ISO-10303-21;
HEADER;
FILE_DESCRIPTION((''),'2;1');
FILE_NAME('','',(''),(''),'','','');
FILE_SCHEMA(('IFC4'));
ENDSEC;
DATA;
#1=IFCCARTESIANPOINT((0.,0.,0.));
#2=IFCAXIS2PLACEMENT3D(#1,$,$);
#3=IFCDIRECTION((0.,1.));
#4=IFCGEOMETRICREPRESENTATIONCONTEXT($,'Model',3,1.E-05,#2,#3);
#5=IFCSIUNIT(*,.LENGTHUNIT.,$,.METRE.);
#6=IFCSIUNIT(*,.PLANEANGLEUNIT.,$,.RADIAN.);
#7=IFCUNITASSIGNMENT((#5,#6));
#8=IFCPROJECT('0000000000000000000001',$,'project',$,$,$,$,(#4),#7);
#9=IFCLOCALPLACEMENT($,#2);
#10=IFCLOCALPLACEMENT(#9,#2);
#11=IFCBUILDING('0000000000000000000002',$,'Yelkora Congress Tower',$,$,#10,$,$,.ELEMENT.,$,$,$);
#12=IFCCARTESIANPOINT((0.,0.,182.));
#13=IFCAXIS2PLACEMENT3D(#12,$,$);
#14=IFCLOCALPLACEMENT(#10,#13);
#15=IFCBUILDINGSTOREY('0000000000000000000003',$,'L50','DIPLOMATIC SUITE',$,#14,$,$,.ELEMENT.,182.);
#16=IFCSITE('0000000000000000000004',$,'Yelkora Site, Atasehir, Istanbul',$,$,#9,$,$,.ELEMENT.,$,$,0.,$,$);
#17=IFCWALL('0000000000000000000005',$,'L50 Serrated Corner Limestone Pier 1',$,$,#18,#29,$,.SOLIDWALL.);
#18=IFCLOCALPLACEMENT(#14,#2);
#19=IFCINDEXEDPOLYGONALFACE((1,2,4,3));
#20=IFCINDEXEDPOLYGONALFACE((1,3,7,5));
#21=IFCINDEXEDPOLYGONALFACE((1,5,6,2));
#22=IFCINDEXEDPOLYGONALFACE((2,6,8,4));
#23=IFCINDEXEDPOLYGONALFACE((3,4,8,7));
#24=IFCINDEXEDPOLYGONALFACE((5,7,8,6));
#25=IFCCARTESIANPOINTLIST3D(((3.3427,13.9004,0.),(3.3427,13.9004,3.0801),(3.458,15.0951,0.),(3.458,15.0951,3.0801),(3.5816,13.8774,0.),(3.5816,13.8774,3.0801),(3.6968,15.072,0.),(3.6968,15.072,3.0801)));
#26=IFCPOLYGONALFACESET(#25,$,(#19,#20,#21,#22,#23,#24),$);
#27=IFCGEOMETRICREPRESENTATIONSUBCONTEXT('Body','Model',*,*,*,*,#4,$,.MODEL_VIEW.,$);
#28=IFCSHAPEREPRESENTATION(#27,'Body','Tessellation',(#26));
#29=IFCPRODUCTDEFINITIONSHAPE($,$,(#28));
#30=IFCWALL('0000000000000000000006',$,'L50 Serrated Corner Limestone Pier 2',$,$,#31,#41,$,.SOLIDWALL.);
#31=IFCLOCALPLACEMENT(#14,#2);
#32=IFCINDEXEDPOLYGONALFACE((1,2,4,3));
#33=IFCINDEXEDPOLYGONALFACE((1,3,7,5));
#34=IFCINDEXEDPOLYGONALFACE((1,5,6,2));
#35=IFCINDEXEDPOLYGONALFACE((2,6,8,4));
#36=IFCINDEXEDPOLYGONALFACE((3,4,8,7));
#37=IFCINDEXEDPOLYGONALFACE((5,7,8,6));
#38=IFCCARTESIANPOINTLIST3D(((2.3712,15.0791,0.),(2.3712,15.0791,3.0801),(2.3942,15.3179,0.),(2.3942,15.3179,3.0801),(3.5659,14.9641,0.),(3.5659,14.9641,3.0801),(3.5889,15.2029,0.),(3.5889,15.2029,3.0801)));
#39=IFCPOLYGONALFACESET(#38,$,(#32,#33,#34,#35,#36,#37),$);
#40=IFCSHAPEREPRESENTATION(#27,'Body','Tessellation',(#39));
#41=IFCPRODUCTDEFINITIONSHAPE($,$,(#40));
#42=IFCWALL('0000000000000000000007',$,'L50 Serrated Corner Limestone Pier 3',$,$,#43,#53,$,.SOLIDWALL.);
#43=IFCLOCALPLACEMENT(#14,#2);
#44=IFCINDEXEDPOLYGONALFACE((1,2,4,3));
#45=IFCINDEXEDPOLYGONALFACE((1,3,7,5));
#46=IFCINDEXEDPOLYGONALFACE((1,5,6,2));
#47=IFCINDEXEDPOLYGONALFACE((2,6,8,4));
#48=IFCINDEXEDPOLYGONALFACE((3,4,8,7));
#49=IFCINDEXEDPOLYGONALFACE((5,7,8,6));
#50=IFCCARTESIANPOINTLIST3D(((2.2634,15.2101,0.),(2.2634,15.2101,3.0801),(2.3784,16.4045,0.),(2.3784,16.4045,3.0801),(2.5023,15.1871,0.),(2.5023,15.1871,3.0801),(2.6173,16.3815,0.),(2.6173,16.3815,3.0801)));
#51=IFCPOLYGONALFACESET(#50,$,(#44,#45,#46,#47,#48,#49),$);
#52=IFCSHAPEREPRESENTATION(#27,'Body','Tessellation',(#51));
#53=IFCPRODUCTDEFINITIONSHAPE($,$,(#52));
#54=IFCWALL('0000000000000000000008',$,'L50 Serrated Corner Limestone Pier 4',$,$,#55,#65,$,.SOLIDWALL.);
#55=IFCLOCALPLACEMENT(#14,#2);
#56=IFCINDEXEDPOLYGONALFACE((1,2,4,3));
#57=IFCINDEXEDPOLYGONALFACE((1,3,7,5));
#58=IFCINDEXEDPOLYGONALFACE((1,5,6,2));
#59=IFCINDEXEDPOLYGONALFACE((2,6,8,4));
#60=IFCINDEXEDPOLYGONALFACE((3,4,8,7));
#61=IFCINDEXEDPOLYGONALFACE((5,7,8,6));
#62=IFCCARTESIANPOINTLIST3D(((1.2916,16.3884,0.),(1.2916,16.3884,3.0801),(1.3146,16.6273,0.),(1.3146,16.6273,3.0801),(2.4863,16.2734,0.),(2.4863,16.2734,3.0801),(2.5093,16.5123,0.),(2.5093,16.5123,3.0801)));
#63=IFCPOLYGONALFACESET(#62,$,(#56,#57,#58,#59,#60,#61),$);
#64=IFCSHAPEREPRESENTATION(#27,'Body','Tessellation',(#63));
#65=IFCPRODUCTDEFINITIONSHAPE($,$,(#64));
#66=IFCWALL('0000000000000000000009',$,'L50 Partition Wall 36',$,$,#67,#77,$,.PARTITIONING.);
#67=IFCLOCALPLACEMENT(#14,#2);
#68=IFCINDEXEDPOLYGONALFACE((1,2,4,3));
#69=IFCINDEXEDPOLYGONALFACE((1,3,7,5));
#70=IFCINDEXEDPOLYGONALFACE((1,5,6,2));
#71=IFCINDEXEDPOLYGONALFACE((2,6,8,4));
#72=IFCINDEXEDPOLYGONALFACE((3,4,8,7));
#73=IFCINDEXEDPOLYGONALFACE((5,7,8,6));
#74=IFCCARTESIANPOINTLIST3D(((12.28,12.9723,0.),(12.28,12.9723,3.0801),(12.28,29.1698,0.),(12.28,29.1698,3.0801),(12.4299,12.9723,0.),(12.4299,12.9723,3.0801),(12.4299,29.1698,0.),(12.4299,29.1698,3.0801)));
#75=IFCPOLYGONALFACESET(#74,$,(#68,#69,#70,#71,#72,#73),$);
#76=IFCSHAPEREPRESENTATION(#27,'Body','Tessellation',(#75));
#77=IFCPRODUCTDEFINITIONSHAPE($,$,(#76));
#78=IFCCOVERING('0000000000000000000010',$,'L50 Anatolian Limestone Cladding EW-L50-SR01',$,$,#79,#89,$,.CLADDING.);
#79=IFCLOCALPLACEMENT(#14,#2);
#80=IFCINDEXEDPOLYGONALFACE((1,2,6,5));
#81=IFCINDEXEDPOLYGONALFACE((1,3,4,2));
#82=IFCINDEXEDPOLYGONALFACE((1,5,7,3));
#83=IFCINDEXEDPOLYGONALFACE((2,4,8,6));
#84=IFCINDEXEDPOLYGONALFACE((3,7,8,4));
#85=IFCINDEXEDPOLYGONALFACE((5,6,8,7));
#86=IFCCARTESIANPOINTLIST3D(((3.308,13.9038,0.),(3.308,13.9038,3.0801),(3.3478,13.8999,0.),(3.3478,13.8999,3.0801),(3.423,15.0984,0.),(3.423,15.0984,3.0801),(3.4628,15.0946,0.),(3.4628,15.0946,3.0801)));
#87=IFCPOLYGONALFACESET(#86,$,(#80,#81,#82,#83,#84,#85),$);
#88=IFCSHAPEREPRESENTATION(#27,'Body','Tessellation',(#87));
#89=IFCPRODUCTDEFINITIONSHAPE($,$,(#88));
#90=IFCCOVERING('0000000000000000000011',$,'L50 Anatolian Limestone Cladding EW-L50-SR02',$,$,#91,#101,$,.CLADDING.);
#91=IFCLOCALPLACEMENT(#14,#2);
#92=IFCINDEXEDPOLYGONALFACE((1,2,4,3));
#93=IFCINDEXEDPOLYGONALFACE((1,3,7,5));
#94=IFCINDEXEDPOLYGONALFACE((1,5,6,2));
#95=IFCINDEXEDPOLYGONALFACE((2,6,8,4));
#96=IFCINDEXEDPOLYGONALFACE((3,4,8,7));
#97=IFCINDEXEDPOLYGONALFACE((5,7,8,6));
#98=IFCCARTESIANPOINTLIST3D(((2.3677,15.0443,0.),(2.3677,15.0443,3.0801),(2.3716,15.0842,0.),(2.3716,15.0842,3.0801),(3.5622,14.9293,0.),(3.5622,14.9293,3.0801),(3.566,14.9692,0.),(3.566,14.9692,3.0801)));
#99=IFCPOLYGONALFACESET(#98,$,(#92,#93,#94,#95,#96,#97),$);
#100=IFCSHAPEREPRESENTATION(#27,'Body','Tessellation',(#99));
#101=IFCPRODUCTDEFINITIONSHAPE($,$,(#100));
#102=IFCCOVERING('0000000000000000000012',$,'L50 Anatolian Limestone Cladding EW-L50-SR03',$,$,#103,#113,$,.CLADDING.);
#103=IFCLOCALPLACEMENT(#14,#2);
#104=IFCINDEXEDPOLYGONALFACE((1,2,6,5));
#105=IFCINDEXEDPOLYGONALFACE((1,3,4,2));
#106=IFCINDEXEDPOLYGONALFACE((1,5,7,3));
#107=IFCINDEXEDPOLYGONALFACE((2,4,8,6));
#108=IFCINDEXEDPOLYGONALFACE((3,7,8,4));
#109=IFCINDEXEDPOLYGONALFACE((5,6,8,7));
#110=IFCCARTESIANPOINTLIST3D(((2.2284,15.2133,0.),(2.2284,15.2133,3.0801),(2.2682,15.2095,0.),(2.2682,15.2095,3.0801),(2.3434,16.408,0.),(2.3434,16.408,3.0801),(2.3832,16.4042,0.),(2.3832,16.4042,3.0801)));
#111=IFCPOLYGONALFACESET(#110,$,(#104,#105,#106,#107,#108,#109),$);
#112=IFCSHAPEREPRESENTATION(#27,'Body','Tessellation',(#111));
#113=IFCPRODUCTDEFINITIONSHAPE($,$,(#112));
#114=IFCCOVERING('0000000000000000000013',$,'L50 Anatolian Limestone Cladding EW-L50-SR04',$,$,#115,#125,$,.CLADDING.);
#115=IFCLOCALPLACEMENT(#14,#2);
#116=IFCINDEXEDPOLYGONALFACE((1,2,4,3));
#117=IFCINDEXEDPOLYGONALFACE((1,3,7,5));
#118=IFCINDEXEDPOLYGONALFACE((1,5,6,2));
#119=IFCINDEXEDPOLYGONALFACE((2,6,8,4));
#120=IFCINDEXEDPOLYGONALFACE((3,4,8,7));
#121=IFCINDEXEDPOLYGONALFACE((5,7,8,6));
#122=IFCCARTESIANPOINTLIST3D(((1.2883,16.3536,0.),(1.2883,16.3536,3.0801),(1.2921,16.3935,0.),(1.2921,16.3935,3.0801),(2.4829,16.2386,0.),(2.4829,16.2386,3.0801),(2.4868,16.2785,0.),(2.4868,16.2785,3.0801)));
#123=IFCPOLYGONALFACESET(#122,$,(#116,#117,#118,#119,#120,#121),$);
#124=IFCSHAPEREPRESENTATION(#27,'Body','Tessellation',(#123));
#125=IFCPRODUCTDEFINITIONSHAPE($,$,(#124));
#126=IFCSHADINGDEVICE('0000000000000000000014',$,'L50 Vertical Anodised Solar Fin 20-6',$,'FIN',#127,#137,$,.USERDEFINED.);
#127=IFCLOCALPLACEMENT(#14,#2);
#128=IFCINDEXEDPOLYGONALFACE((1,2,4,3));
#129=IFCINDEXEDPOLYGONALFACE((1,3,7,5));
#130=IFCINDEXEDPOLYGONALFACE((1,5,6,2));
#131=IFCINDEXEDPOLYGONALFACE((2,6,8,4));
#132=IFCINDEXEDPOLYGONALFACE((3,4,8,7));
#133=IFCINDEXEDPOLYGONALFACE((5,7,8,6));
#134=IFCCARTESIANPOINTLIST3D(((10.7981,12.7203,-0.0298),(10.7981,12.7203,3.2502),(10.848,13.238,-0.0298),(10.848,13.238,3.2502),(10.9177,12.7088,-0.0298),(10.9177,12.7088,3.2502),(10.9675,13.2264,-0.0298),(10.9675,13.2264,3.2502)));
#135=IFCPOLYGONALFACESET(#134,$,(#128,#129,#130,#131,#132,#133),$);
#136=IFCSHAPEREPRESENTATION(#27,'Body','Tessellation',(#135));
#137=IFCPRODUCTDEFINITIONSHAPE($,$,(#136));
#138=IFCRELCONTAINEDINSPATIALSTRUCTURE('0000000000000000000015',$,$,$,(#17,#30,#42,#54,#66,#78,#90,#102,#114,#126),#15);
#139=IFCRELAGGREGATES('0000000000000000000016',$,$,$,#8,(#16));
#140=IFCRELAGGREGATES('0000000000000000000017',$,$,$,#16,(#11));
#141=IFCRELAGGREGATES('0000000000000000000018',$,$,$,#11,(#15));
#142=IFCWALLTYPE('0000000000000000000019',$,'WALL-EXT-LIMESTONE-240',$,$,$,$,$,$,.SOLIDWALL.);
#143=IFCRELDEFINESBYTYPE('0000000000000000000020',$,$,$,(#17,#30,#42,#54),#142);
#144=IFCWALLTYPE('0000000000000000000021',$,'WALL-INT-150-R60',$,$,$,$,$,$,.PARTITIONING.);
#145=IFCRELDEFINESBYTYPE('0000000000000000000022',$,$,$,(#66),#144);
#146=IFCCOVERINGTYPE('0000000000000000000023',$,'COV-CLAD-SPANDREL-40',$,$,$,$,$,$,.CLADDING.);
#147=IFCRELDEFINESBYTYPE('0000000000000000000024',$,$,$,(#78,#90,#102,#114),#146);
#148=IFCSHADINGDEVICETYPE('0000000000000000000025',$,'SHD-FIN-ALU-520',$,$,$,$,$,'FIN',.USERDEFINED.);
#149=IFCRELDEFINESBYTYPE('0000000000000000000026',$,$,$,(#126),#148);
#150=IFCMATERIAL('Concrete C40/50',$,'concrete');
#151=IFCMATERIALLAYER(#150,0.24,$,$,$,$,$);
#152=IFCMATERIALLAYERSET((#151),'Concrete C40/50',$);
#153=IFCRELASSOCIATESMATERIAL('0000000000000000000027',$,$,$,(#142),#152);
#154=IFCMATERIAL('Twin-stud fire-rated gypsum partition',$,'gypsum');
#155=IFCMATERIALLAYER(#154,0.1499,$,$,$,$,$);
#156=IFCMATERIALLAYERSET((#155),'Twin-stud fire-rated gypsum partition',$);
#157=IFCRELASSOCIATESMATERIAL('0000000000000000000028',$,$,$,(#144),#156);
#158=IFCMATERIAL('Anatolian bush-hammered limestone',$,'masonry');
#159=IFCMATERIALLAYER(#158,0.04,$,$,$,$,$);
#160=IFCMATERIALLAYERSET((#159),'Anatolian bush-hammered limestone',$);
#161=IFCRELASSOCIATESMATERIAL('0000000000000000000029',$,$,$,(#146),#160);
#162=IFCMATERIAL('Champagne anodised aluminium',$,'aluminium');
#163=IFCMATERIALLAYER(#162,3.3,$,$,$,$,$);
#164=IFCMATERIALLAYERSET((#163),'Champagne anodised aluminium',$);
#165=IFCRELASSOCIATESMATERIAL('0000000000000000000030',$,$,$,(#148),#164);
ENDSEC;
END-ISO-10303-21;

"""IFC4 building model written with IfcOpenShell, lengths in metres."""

from ifc_helpers import new_model, si_unit, direction, frame, frame_2d, origin, origin_2d, place, context, subcontext, project, spatial, rectangle, extrude, material, layer, layer_set, type_object, element, save


model = new_model("IFC4")

# Units and contexts
model_context = context("Model", 3, precision=1e-05, world=origin(), true_north=direction((0.0, 1.0)))
body_context = subcontext(model_context, "Body", "Model", "MODEL_VIEW")
ifc_project = project(units=[si_unit("LENGTHUNIT", "METRE"), si_unit("PLANEANGLEUNIT", "RADIAN")], contexts=[model_context])

# Site, building, storey
site_placement = place(None, origin())
site = spatial("IfcSite", under=ifc_project, at=site_placement, Name="Yelkora Site, Atasehir, Istanbul", CompositionType="ELEMENT", RefElevation=0.0)
building_placement = place(site_placement, origin())
building = spatial("IfcBuilding", under=site, at=building_placement, Name="Yelkora Congress Tower", CompositionType="ELEMENT")
storey_placement = place(building_placement, frame((0.0, 0.0, 182.0)))
storey = spatial("IfcBuildingStorey", under=building, at=storey_placement, Name="L50", Description="DIPLOMATIC SUITE", CompositionType="ELEMENT", Elevation=182.0)

# Shared definitions
ifc_material_1 = material(Name="Concrete C40/50", Category="concrete")

# Walls
ifc_layer_1 = layer(ifc_material_1, 0.24)
ifc_layer_set_1 = layer_set([ifc_layer_1], Name="Concrete C40/50")
wall_type_1 = type_object("IfcWallType", Name="WALL-EXT-LIMESTONE-240", PredefinedType="SOLIDWALL", material=ifc_layer_set_1)
for number, where, z_axis, x_axis, name in (
    (1, (3.4622, 13.8889, 0.0), (0.0, 0.0, 1.0), (0.096019, 0.99538, 0.0), "L50 Serrated Corner Limestone Pier 1"),
    (2, (3.5774, 15.0835, 0.0), (0.0, 0.0, 1.0), (-0.995399, 0.095817, 0.0), "L50 Serrated Corner Limestone Pier 2"),
):
    element("IfcWall", number, at=place(storey_placement, frame(where, z_axis=z_axis, x_axis=x_axis)), inside=storey, type_object=wall_type_1, Name=name, PredefinedType="SOLIDWALL", context=body_context, shape_type="SweptSolid", body=[
        extrude(rectangle(XDim=1.2002, YDim=0.24, at=frame_2d((0.6001, 0.0))), origin(), (0.0, 0.0, 1.0), 3.0801),
    ])
wall_1_placement = place(storey_placement, frame((2.3828, 15.1985, 0.0), z_axis=(0.0, 0.0, 1.0), x_axis=(0.095836, 0.995397, 0.0)))
element("IfcWall", 3, at=wall_1_placement, inside=storey, type_object=wall_type_1, Name="L50 Serrated Corner Limestone Pier 3", PredefinedType="SOLIDWALL", context=body_context, shape_type="SweptSolid", body=[
    extrude(rectangle(XDim=1.2, YDim=0.24, at=frame_2d((0.6001, 0.0))), origin(), (0.0, 0.0, 1.0), 3.0801),
])
wall_2_placement = place(storey_placement, frame((2.4978, 16.3928, 0.0), z_axis=(0.0, 0.0, 1.0), x_axis=(-0.995399, 0.095817, 0.0)))
element("IfcWall", 4, at=wall_2_placement, inside=storey, type_object=wall_type_1, Name="L50 Serrated Corner Limestone Pier 4", PredefinedType="SOLIDWALL", context=body_context, shape_type="SweptSolid", body=[
    extrude(rectangle(XDim=1.2002, YDim=0.24, at=frame_2d((0.6001, 0.0))), origin(), (0.0, 0.0, 1.0), 3.0801),
])
ifc_material_2 = material(Name="Twin-stud fire-rated gypsum partition", Category="gypsum")
ifc_layer_2 = layer(ifc_material_2, 0.1499)
ifc_layer_set_2 = layer_set([ifc_layer_2], Name="Twin-stud fire-rated gypsum partition")
wall_type_2 = type_object("IfcWallType", Name="WALL-INT-150-R60", PredefinedType="PARTITIONING", material=ifc_layer_set_2)
wall_3_placement = place(storey_placement, frame((12.355, 12.9724, 0.0), z_axis=(0.0, 0.0, 1.0), x_axis=(0.0, 1.0, 0.0)))
element("IfcWall", 5, at=wall_3_placement, inside=storey, type_object=wall_type_2, Name="L50 Partition Wall 36", PredefinedType="PARTITIONING", context=body_context, shape_type="SweptSolid", body=[
    extrude(rectangle(XDim=16.1975, YDim=0.1499, at=frame_2d((8.0986, 0.0))), origin(), (0.0, 0.0, 1.0), 3.0801),
])

# Coverings
ifc_material_3 = material(Name="Anatolian bush-hammered limestone", Category="masonry")
ifc_layer_3 = layer(ifc_material_3, 0.04)
ifc_layer_set_3 = layer_set([ifc_layer_3], Name="Anatolian bush-hammered limestone")
covering_type = type_object("IfcCoveringType", Name="COV-CLAD-SPANDREL-40", PredefinedType="CLADDING", material=ifc_layer_set_3)
covering_1_placement = place(storey_placement, frame((3.3279, 13.9019, 0.0), z_axis=(0.0, 0.0, 1.0), x_axis=(0.095817, 0.995399, 0.0)))
element("IfcCovering", 6, at=covering_1_placement, inside=storey, type_object=covering_type, Name="L50 Anatolian Limestone Cladding EW-L50-SR01", PredefinedType="CLADDING", context=body_context, shape_type="SweptSolid", body=[
    extrude(rectangle(XDim=1.2002, YDim=0.04, at=frame_2d((0.6001, 0.0))), origin(), (0.0, 0.0, 1.0), 3.0801),
])
covering_2_placement = place(storey_placement, frame((3.5642, 14.9492, 0.0), z_axis=(0.0, 0.0, 1.0), x_axis=(-0.995397, 0.095836, 0.0)))
element("IfcCovering", 7, at=covering_2_placement, inside=storey, type_object=covering_type, Name="L50 Anatolian Limestone Cladding EW-L50-SR02", PredefinedType="CLADDING", context=body_context, shape_type="SweptSolid", body=[
    extrude(rectangle(XDim=1.2, YDim=0.04, at=frame_2d((0.6001, 0.0))), origin(), (0.0, 0.0, 1.0), 3.0801),
])
for number, where, z_axis, x_axis, name in (
    (8, (2.2483, 15.2114, 0.0), (0.0, 0.0, 1.0), (0.095817, 0.995399, 0.0), "L50 Anatolian Limestone Cladding EW-L50-SR03"),
    (9, (2.4849, 16.2585, 0.0), (0.0, 0.0, 1.0), (-0.995399, 0.095817, 0.0), "L50 Anatolian Limestone Cladding EW-L50-SR04"),
):
    element("IfcCovering", number, at=place(storey_placement, frame(where, z_axis=z_axis, x_axis=x_axis)), inside=storey, type_object=covering_type, Name=name, PredefinedType="CLADDING", context=body_context, shape_type="SweptSolid", body=[
        extrude(rectangle(XDim=1.2002, YDim=0.04, at=frame_2d((0.6001, 0.0))), origin(), (0.0, 0.0, 1.0), 3.0801),
    ])

# Shading device
ifc_material_4 = material(Name="Champagne anodised aluminium", Category="aluminium")
ifc_layer_4 = layer(ifc_material_4, 3.3)
ifc_layer_set_4 = layer_set([ifc_layer_4], Name="Champagne anodised aluminium")
shading_device_type = type_object("IfcShadingDeviceType", Name="SHD-FIN-ALU-520", ElementType="FIN", PredefinedType="USERDEFINED", material=ifc_layer_set_4)
shading_device_placement = place(storey_placement, frame((10.8828, 12.9734, -0.0298), z_axis=(0.0, 0.0, 1.0), x_axis=(-0.995396, 0.095846, 0.0)))
element("IfcShadingDevice", 10, at=shading_device_placement, inside=storey, type_object=shading_device_type, Name="L50 Vertical Anodised Solar Fin 20-6", ObjectType="FIN", PredefinedType="USERDEFINED", context=body_context, shape_type="SweptSolid", body=[
    extrude(rectangle(XDim=0.1201, YDim=0.52, at=origin_2d()), origin(), (0.0, 0.0, 1.0), 3.28),
])

save(model, "model.ifc")
